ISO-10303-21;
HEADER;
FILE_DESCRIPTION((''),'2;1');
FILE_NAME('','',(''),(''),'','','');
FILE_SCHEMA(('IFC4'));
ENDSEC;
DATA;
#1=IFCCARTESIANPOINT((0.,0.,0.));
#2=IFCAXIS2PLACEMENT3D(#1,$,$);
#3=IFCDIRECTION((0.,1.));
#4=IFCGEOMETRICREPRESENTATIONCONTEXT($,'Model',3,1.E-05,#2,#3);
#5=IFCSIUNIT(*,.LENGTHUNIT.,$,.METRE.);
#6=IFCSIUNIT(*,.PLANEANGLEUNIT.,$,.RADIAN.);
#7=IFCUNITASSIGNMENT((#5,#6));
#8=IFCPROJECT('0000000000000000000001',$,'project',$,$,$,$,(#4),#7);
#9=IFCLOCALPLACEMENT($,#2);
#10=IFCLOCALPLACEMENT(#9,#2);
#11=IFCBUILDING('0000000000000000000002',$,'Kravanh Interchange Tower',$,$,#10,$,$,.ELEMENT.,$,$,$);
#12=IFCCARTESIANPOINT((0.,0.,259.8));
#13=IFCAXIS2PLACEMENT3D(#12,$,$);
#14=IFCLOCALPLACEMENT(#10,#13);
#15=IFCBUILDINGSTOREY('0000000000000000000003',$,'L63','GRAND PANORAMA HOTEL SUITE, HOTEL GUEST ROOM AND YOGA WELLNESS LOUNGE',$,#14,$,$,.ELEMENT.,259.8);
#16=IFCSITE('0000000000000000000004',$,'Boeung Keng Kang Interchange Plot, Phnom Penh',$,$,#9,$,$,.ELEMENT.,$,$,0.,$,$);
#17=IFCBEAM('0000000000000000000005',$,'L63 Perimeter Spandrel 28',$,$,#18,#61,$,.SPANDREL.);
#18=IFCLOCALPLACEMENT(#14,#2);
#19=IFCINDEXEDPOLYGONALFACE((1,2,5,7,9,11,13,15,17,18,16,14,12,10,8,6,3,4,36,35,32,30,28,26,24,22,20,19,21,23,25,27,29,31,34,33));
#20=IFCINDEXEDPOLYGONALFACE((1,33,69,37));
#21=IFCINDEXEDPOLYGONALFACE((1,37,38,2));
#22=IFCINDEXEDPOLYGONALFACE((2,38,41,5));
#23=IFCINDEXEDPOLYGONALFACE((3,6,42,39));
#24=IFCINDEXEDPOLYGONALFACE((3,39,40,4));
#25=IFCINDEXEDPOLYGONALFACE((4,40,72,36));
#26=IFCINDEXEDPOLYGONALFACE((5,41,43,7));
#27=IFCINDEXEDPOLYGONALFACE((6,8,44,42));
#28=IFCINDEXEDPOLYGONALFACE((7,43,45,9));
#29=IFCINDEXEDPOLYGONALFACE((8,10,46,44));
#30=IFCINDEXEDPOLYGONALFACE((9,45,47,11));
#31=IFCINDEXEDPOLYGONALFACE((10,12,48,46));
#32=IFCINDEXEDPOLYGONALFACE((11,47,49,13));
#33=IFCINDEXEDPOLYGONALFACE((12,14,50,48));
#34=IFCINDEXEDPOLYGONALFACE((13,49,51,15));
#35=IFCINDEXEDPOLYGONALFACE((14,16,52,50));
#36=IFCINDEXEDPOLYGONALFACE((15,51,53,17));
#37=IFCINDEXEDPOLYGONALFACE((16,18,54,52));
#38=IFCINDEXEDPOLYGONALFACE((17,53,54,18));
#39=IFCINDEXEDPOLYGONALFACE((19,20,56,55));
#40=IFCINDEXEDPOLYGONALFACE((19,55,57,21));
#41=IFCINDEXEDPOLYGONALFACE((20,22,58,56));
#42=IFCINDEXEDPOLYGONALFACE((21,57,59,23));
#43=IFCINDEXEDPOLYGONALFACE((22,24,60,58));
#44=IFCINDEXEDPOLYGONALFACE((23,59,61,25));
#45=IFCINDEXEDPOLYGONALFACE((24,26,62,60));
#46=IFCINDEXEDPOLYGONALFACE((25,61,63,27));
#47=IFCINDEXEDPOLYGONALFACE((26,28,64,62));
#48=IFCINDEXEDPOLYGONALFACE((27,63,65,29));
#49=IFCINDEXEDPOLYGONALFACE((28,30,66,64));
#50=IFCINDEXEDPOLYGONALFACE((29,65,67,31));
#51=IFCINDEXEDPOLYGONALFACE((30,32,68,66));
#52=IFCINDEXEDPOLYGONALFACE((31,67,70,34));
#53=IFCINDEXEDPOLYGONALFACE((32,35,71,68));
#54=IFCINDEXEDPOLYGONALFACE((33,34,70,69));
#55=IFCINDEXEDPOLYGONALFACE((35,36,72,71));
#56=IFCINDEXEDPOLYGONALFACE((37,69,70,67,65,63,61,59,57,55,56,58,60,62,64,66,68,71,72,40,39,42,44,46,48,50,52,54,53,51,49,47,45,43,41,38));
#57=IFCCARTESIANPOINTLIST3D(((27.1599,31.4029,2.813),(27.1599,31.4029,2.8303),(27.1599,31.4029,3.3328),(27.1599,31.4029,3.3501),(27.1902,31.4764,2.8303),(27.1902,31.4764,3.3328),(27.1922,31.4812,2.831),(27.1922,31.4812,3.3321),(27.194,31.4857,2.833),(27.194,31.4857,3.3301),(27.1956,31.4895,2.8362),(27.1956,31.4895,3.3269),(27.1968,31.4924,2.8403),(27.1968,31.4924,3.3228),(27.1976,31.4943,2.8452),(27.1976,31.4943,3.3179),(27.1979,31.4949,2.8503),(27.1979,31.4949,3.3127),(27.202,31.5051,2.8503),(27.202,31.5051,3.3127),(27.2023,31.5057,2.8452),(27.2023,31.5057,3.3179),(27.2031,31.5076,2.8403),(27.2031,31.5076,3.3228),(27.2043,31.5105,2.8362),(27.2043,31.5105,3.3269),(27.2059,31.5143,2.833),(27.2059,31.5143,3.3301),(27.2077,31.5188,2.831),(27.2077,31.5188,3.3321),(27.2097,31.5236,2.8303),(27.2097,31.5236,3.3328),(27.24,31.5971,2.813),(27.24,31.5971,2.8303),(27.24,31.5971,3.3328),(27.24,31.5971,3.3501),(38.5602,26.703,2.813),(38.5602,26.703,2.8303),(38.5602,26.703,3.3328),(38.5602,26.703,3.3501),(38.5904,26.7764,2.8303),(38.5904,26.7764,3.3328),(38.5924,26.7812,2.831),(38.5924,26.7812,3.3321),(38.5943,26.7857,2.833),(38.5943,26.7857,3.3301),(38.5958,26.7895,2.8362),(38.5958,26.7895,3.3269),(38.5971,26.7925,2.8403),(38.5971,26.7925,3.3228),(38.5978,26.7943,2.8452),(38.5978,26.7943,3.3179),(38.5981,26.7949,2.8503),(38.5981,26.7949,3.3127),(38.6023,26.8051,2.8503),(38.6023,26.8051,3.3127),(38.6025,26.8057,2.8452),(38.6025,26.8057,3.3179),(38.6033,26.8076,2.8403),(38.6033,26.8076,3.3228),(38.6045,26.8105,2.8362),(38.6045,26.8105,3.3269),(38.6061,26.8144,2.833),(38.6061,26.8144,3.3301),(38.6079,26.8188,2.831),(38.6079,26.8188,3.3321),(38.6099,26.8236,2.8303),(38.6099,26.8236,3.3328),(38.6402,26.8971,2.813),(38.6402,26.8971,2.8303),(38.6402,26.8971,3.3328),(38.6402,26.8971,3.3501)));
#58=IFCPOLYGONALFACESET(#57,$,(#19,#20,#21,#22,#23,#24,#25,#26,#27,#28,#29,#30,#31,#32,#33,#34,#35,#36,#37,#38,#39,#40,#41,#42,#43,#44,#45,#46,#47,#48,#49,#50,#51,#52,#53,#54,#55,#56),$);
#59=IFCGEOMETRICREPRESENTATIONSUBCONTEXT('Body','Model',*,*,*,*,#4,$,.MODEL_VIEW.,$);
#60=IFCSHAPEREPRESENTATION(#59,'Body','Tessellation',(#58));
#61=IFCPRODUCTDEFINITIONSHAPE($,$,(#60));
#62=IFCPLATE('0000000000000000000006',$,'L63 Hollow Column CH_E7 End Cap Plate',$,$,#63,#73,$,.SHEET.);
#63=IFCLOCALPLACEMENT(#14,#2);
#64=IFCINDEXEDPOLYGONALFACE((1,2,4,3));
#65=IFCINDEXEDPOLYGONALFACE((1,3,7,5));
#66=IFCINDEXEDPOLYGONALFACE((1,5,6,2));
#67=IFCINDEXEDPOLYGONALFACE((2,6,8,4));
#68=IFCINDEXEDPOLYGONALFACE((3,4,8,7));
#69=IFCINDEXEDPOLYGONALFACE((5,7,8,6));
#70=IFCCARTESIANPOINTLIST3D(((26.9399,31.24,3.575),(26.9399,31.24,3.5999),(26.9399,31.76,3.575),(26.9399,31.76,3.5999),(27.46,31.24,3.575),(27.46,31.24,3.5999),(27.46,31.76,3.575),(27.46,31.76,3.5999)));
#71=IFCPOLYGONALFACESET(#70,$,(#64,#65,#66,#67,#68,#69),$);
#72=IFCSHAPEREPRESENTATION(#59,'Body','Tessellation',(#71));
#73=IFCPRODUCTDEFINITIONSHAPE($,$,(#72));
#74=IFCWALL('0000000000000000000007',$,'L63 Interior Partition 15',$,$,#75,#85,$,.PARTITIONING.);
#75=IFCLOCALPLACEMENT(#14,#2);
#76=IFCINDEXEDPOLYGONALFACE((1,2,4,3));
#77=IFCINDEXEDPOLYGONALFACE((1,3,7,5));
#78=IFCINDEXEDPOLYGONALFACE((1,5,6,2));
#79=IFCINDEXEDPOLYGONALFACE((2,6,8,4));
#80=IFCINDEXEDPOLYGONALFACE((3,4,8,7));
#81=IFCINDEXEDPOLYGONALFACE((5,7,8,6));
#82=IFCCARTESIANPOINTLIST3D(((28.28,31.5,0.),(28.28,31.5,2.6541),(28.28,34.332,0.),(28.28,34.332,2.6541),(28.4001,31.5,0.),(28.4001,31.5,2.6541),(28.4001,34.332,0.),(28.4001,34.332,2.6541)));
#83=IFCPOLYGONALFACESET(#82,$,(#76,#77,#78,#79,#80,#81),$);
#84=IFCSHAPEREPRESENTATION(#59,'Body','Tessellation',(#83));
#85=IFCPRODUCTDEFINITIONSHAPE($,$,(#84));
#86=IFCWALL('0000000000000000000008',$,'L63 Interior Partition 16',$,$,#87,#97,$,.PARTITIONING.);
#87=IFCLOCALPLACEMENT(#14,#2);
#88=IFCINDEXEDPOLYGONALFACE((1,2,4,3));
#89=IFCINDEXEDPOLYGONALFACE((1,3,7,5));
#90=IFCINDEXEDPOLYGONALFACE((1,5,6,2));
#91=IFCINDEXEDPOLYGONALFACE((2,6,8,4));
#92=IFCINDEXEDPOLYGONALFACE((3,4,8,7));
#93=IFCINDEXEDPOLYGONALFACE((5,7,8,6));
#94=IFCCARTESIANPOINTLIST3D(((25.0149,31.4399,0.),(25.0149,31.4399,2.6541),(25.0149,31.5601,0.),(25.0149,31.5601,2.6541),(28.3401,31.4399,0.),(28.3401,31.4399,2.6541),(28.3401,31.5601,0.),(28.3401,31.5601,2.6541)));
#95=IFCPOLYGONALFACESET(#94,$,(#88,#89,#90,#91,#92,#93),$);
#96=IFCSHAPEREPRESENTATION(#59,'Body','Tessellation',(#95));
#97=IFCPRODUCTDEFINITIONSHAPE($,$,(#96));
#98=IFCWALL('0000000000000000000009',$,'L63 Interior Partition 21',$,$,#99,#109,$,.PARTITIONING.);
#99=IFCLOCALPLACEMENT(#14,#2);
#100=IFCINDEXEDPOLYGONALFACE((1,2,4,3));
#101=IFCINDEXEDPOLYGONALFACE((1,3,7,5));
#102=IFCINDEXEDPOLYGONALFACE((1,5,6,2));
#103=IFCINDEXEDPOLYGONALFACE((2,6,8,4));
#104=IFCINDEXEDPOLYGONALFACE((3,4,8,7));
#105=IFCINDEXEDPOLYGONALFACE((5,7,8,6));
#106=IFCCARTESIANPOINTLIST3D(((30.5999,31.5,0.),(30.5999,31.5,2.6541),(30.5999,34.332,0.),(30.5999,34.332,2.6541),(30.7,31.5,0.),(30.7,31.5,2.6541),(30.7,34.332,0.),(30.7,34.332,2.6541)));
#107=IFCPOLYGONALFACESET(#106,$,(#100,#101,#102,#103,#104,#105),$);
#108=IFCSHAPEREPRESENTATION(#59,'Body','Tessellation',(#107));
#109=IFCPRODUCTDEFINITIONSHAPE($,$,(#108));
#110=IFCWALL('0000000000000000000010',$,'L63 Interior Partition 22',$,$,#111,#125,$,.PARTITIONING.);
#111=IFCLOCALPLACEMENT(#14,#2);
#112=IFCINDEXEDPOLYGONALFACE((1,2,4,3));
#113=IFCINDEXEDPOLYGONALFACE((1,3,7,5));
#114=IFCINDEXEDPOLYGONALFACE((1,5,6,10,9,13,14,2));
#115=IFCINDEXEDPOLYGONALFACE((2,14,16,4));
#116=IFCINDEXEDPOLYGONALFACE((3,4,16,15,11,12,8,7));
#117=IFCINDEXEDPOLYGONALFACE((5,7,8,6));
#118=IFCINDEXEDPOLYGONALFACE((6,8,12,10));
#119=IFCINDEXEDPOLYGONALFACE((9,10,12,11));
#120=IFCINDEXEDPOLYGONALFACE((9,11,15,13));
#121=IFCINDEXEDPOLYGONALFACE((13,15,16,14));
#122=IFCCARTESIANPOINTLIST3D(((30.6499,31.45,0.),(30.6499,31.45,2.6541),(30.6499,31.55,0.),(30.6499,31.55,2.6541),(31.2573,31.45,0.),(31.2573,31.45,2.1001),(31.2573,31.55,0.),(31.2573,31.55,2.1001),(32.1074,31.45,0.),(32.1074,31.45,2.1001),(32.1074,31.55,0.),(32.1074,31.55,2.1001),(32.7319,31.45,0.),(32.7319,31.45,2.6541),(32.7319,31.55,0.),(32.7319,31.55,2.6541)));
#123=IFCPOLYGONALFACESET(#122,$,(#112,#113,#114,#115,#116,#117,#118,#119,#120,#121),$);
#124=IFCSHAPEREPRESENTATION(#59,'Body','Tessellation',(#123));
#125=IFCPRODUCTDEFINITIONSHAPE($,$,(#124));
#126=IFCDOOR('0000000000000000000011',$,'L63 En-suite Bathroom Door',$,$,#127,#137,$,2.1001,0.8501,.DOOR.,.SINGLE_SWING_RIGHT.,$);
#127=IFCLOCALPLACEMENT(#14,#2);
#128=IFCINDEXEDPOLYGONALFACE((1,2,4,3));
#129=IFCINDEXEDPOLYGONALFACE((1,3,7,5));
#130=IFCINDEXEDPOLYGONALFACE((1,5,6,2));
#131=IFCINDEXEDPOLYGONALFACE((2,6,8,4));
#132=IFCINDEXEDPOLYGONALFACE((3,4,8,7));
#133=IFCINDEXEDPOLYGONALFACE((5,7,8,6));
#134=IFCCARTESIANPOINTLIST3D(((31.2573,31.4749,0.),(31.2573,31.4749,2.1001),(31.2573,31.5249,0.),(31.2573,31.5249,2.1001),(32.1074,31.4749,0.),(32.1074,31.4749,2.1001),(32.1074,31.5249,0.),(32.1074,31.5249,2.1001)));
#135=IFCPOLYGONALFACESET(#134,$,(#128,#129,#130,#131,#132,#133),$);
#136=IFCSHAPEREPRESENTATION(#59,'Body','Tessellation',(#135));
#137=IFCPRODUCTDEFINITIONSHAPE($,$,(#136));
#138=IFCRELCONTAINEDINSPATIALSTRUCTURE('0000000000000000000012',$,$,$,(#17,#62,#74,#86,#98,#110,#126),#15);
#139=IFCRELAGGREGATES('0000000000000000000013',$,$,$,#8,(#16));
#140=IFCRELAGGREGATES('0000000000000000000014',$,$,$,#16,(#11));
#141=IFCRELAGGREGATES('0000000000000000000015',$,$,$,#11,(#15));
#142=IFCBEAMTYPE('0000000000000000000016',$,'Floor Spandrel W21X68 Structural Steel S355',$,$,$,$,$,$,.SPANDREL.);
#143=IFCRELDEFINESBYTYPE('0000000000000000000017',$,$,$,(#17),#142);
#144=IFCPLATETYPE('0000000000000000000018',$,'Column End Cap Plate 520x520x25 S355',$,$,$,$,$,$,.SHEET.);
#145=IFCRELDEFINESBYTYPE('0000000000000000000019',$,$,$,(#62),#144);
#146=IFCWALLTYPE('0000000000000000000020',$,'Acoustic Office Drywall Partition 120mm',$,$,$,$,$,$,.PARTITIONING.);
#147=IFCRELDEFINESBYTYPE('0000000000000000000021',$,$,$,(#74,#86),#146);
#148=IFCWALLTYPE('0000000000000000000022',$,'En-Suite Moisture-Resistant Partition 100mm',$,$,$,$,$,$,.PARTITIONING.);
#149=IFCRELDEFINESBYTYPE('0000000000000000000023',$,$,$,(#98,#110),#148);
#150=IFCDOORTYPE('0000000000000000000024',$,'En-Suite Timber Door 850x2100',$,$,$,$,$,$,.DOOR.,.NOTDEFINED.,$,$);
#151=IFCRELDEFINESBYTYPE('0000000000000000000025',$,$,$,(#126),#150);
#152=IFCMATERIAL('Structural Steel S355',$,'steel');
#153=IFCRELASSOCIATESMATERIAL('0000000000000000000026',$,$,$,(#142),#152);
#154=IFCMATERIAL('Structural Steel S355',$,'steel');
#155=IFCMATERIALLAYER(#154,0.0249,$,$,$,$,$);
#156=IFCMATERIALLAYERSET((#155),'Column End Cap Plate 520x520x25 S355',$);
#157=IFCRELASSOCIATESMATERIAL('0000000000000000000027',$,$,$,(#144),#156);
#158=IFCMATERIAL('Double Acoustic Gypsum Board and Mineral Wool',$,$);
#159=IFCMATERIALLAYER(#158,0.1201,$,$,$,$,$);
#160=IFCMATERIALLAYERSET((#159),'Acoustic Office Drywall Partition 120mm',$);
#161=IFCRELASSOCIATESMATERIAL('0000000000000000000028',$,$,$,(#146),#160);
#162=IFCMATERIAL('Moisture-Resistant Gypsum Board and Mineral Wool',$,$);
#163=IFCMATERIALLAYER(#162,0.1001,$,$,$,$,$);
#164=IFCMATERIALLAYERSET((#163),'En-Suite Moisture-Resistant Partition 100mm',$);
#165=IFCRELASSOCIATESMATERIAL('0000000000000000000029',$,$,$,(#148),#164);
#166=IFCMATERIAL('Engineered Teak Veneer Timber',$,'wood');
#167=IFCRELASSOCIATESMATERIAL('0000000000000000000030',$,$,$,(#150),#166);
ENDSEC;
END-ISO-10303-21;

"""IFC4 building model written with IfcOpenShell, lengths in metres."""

from ifc_helpers import new_model, si_unit, direction, frame, frame_2d, origin, origin_2d, place, context, subcontext, project, spatial, rectangle, i_section, extrude, material, layer, layer_set, material_profile, profile_set, type_object, element, fill, save


model = new_model("IFC4")

# Units and contexts
model_context = context("Model", 3, precision=1e-05, world=origin(), true_north=direction((0.0, 1.0)))
body_context = subcontext(model_context, "Body", "Model", "MODEL_VIEW")
ifc_project = project(units=[si_unit("LENGTHUNIT", "METRE"), si_unit("PLANEANGLEUNIT", "RADIAN")], contexts=[model_context])

# Site, building, storey
site_placement = place(None, origin())
site = spatial("IfcSite", under=ifc_project, at=site_placement, Name="Boeung Keng Kang Interchange Plot, Phnom Penh", CompositionType="ELEMENT", RefElevation=0.0)
building_placement = place(site_placement, origin())
building = spatial("IfcBuilding", under=site, at=building_placement, Name="Kravanh Interchange Tower", CompositionType="ELEMENT")
storey_placement = place(building_placement, frame((0.0, 0.0, 259.8)))
storey = spatial("IfcBuildingStorey", under=building, at=storey_placement, Name="L63", Description="GRAND PANORAMA HOTEL SUITE, HOTEL GUEST ROOM AND YOGA WELLNESS LOUNGE", CompositionType="ELEMENT", Elevation=259.8)

# Beam
ifc_material_1 = material(Name="Structural Steel S355", Category="steel")
ifc_material_profile_1 = material_profile(ifc_material_1, i_section(OverallWidth=0.21, OverallDepth=0.5371, WebThickness=0.011, FlangeThickness=0.0173, FilletRadius=0.02, at=origin_2d()), Name="W21X68")
ifc_profile_set_1 = profile_set([ifc_material_profile_1], Name="Structural Steel S355")
beam_type_1 = type_object("IfcBeamType", Name="Floor Spandrel W21X68 Structural Steel S355", PredefinedType="SPANDREL", material=ifc_profile_set_1)
beam_1_placement = place(storey_placement, frame((27.2, 31.5, 3.0815), z_axis=(0.924513, -0.38115, 0.0), x_axis=(0.38115, 0.924513, 0.0)))
element("IfcBeam", 1, at=beam_1_placement, inside=storey, type_object=beam_type_1, Name="L63 Perimeter Spandrel 28", PredefinedType="SPANDREL", context=body_context, shape_type="SweptSolid", body=[
    extrude(i_section(OverallWidth=0.21, OverallDepth=0.5371, WebThickness=0.011, FlangeThickness=0.0173, FilletRadius=0.02, at=origin_2d()), origin(), (0.0, 0.0, 1.0), 12.3311),
])

# Plate
ifc_material_2 = material(Name="Structural Steel S355", Category="steel")
ifc_layer_1 = layer(ifc_material_2, 0.0249)
ifc_layer_set_1 = layer_set([ifc_layer_1], Name="Column End Cap Plate 520x520x25 S355")
plate_type = type_object("IfcPlateType", Name="Column End Cap Plate 520x520x25 S355", PredefinedType="SHEET", material=ifc_layer_set_1)
plate_placement = place(storey_placement, frame((27.2, 31.5, 3.575), z_axis=(0.0, 0.0, 1.0), x_axis=(1.0, 0.0, 0.0)))
element("IfcPlate", 2, at=plate_placement, inside=storey, type_object=plate_type, Name="L63 Hollow Column CH_E7 End Cap Plate", PredefinedType="SHEET", context=body_context, shape_type="SweptSolid", body=[
    extrude(rectangle(XDim=0.52, YDim=0.52, at=origin_2d()), origin(), (0.0, 0.0, 1.0), 0.0249),
])

# Walls
ifc_material_3 = material(Name="Double Acoustic Gypsum Board and Mineral Wool")
ifc_layer_2 = layer(ifc_material_3, 0.1201)
ifc_layer_set_2 = layer_set([ifc_layer_2], Name="Acoustic Office Drywall Partition 120mm")
wall_type_1 = type_object("IfcWallType", Name="Acoustic Office Drywall Partition 120mm", PredefinedType="PARTITIONING", material=ifc_layer_set_2)
wall_1_placement = place(storey_placement, frame((28.3401, 31.5, 0.0), z_axis=(0.0, 0.0, 1.0), x_axis=(0.0, 1.0, 0.0)))
element("IfcWall", 3, at=wall_1_placement, inside=storey, type_object=wall_type_1, Name="L63 Interior Partition 15", PredefinedType="PARTITIONING", context=body_context, shape_type="SweptSolid", body=[
    extrude(rectangle(XDim=2.832, YDim=0.1201, at=frame_2d((1.416, 0.0))), origin(), (0.0, 0.0, 1.0), 2.6541),
])
wall_2_placement = place(storey_placement, frame((25.0149, 31.5, 0.0), z_axis=(0.0, 0.0, 1.0), x_axis=(1.0, 0.0, 0.0)))
element("IfcWall", 4, at=wall_2_placement, inside=storey, type_object=wall_type_1, Name="L63 Interior Partition 16", PredefinedType="PARTITIONING", context=body_context, shape_type="SweptSolid", body=[
    extrude(rectangle(XDim=3.3252, YDim=0.1201, at=frame_2d((1.6626, 0.0))), origin(), (0.0, 0.0, 1.0), 2.6541),
])
ifc_material_4 = material(Name="Moisture-Resistant Gypsum Board and Mineral Wool")
ifc_layer_3 = layer(ifc_material_4, 0.1001)
ifc_layer_set_3 = layer_set([ifc_layer_3], Name="En-Suite Moisture-Resistant Partition 100mm")
wall_type_2 = type_object("IfcWallType", Name="En-Suite Moisture-Resistant Partition 100mm", PredefinedType="PARTITIONING", material=ifc_layer_set_3)
wall_3_placement = place(storey_placement, frame((30.6499, 31.5, 0.0), z_axis=(0.0, 0.0, 1.0), x_axis=(0.0, 1.0, 0.0)))
element("IfcWall", 5, at=wall_3_placement, inside=storey, type_object=wall_type_2, Name="L63 Interior Partition 21", PredefinedType="PARTITIONING", context=body_context, shape_type="SweptSolid", body=[
    extrude(rectangle(XDim=2.832, YDim=0.1001, at=frame_2d((1.416, 0.0))), origin(), (0.0, 0.0, 1.0), 2.6541),
])

# Wall, opening, door
wall_4_placement = place(storey_placement, frame((30.6499, 31.5, 0.0), z_axis=(0.0, 0.0, 1.0), x_axis=(1.0, 0.0, 0.0)))
wall_4 = element("IfcWall", 6, at=wall_4_placement, inside=storey, type_object=wall_type_2, Name="L63 Interior Partition 22", PredefinedType="PARTITIONING", context=body_context, shape_type="SweptSolid", body=[
    extrude(rectangle(XDim=2.082, YDim=0.1001, at=frame_2d((1.041, 0.0))), origin(), (0.0, 0.0, 1.0), 2.6541),
])
opening_placement = place(wall_4_placement, frame((0.6074, 0.0, 0.0)))
opening = element("IfcOpeningElement", 7, at=opening_placement, cuts=wall_4, PredefinedType="OPENING", context=body_context, shape_type="SweptSolid", body=[
    extrude(rectangle(XDim=0.8501, YDim=2.1001, at=frame_2d((0.425, 1.05))), frame((0.0, 0.0601, 0.0), z_axis=(0.0, -1.0, 0.0), x_axis=(1.0, 0.0, 0.0)), (0.0, 0.0, 1.0), 0.1201),
])
ifc_material_5 = material(Name="Engineered Teak Veneer Timber", Category="wood")
door_type = type_object("IfcDoorType", Name="En-Suite Timber Door 850x2100", OperationType="NOTDEFINED", PredefinedType="DOOR", material=ifc_material_5)
door_placement = place(opening_placement, origin())
door = element("IfcDoor", 8, at=door_placement, inside=storey, type_object=door_type, Name="L63 En-suite Bathroom Door", OperationType="SINGLE_SWING_RIGHT", OverallHeight=2.1001, OverallWidth=0.8501, PredefinedType="DOOR", context=body_context, shape_type="SweptSolid", body=[
    extrude(rectangle(XDim=0.8501, YDim=2.1001, at=frame_2d((0.425, 1.05))), frame((0.0, 0.0249, 0.0), z_axis=(0.0, -1.0, 0.0), x_axis=(1.0, 0.0, 0.0)), (0.0, 0.0, 1.0), 0.05),
])
fill(opening, door)

save(model, "model.ifc")
